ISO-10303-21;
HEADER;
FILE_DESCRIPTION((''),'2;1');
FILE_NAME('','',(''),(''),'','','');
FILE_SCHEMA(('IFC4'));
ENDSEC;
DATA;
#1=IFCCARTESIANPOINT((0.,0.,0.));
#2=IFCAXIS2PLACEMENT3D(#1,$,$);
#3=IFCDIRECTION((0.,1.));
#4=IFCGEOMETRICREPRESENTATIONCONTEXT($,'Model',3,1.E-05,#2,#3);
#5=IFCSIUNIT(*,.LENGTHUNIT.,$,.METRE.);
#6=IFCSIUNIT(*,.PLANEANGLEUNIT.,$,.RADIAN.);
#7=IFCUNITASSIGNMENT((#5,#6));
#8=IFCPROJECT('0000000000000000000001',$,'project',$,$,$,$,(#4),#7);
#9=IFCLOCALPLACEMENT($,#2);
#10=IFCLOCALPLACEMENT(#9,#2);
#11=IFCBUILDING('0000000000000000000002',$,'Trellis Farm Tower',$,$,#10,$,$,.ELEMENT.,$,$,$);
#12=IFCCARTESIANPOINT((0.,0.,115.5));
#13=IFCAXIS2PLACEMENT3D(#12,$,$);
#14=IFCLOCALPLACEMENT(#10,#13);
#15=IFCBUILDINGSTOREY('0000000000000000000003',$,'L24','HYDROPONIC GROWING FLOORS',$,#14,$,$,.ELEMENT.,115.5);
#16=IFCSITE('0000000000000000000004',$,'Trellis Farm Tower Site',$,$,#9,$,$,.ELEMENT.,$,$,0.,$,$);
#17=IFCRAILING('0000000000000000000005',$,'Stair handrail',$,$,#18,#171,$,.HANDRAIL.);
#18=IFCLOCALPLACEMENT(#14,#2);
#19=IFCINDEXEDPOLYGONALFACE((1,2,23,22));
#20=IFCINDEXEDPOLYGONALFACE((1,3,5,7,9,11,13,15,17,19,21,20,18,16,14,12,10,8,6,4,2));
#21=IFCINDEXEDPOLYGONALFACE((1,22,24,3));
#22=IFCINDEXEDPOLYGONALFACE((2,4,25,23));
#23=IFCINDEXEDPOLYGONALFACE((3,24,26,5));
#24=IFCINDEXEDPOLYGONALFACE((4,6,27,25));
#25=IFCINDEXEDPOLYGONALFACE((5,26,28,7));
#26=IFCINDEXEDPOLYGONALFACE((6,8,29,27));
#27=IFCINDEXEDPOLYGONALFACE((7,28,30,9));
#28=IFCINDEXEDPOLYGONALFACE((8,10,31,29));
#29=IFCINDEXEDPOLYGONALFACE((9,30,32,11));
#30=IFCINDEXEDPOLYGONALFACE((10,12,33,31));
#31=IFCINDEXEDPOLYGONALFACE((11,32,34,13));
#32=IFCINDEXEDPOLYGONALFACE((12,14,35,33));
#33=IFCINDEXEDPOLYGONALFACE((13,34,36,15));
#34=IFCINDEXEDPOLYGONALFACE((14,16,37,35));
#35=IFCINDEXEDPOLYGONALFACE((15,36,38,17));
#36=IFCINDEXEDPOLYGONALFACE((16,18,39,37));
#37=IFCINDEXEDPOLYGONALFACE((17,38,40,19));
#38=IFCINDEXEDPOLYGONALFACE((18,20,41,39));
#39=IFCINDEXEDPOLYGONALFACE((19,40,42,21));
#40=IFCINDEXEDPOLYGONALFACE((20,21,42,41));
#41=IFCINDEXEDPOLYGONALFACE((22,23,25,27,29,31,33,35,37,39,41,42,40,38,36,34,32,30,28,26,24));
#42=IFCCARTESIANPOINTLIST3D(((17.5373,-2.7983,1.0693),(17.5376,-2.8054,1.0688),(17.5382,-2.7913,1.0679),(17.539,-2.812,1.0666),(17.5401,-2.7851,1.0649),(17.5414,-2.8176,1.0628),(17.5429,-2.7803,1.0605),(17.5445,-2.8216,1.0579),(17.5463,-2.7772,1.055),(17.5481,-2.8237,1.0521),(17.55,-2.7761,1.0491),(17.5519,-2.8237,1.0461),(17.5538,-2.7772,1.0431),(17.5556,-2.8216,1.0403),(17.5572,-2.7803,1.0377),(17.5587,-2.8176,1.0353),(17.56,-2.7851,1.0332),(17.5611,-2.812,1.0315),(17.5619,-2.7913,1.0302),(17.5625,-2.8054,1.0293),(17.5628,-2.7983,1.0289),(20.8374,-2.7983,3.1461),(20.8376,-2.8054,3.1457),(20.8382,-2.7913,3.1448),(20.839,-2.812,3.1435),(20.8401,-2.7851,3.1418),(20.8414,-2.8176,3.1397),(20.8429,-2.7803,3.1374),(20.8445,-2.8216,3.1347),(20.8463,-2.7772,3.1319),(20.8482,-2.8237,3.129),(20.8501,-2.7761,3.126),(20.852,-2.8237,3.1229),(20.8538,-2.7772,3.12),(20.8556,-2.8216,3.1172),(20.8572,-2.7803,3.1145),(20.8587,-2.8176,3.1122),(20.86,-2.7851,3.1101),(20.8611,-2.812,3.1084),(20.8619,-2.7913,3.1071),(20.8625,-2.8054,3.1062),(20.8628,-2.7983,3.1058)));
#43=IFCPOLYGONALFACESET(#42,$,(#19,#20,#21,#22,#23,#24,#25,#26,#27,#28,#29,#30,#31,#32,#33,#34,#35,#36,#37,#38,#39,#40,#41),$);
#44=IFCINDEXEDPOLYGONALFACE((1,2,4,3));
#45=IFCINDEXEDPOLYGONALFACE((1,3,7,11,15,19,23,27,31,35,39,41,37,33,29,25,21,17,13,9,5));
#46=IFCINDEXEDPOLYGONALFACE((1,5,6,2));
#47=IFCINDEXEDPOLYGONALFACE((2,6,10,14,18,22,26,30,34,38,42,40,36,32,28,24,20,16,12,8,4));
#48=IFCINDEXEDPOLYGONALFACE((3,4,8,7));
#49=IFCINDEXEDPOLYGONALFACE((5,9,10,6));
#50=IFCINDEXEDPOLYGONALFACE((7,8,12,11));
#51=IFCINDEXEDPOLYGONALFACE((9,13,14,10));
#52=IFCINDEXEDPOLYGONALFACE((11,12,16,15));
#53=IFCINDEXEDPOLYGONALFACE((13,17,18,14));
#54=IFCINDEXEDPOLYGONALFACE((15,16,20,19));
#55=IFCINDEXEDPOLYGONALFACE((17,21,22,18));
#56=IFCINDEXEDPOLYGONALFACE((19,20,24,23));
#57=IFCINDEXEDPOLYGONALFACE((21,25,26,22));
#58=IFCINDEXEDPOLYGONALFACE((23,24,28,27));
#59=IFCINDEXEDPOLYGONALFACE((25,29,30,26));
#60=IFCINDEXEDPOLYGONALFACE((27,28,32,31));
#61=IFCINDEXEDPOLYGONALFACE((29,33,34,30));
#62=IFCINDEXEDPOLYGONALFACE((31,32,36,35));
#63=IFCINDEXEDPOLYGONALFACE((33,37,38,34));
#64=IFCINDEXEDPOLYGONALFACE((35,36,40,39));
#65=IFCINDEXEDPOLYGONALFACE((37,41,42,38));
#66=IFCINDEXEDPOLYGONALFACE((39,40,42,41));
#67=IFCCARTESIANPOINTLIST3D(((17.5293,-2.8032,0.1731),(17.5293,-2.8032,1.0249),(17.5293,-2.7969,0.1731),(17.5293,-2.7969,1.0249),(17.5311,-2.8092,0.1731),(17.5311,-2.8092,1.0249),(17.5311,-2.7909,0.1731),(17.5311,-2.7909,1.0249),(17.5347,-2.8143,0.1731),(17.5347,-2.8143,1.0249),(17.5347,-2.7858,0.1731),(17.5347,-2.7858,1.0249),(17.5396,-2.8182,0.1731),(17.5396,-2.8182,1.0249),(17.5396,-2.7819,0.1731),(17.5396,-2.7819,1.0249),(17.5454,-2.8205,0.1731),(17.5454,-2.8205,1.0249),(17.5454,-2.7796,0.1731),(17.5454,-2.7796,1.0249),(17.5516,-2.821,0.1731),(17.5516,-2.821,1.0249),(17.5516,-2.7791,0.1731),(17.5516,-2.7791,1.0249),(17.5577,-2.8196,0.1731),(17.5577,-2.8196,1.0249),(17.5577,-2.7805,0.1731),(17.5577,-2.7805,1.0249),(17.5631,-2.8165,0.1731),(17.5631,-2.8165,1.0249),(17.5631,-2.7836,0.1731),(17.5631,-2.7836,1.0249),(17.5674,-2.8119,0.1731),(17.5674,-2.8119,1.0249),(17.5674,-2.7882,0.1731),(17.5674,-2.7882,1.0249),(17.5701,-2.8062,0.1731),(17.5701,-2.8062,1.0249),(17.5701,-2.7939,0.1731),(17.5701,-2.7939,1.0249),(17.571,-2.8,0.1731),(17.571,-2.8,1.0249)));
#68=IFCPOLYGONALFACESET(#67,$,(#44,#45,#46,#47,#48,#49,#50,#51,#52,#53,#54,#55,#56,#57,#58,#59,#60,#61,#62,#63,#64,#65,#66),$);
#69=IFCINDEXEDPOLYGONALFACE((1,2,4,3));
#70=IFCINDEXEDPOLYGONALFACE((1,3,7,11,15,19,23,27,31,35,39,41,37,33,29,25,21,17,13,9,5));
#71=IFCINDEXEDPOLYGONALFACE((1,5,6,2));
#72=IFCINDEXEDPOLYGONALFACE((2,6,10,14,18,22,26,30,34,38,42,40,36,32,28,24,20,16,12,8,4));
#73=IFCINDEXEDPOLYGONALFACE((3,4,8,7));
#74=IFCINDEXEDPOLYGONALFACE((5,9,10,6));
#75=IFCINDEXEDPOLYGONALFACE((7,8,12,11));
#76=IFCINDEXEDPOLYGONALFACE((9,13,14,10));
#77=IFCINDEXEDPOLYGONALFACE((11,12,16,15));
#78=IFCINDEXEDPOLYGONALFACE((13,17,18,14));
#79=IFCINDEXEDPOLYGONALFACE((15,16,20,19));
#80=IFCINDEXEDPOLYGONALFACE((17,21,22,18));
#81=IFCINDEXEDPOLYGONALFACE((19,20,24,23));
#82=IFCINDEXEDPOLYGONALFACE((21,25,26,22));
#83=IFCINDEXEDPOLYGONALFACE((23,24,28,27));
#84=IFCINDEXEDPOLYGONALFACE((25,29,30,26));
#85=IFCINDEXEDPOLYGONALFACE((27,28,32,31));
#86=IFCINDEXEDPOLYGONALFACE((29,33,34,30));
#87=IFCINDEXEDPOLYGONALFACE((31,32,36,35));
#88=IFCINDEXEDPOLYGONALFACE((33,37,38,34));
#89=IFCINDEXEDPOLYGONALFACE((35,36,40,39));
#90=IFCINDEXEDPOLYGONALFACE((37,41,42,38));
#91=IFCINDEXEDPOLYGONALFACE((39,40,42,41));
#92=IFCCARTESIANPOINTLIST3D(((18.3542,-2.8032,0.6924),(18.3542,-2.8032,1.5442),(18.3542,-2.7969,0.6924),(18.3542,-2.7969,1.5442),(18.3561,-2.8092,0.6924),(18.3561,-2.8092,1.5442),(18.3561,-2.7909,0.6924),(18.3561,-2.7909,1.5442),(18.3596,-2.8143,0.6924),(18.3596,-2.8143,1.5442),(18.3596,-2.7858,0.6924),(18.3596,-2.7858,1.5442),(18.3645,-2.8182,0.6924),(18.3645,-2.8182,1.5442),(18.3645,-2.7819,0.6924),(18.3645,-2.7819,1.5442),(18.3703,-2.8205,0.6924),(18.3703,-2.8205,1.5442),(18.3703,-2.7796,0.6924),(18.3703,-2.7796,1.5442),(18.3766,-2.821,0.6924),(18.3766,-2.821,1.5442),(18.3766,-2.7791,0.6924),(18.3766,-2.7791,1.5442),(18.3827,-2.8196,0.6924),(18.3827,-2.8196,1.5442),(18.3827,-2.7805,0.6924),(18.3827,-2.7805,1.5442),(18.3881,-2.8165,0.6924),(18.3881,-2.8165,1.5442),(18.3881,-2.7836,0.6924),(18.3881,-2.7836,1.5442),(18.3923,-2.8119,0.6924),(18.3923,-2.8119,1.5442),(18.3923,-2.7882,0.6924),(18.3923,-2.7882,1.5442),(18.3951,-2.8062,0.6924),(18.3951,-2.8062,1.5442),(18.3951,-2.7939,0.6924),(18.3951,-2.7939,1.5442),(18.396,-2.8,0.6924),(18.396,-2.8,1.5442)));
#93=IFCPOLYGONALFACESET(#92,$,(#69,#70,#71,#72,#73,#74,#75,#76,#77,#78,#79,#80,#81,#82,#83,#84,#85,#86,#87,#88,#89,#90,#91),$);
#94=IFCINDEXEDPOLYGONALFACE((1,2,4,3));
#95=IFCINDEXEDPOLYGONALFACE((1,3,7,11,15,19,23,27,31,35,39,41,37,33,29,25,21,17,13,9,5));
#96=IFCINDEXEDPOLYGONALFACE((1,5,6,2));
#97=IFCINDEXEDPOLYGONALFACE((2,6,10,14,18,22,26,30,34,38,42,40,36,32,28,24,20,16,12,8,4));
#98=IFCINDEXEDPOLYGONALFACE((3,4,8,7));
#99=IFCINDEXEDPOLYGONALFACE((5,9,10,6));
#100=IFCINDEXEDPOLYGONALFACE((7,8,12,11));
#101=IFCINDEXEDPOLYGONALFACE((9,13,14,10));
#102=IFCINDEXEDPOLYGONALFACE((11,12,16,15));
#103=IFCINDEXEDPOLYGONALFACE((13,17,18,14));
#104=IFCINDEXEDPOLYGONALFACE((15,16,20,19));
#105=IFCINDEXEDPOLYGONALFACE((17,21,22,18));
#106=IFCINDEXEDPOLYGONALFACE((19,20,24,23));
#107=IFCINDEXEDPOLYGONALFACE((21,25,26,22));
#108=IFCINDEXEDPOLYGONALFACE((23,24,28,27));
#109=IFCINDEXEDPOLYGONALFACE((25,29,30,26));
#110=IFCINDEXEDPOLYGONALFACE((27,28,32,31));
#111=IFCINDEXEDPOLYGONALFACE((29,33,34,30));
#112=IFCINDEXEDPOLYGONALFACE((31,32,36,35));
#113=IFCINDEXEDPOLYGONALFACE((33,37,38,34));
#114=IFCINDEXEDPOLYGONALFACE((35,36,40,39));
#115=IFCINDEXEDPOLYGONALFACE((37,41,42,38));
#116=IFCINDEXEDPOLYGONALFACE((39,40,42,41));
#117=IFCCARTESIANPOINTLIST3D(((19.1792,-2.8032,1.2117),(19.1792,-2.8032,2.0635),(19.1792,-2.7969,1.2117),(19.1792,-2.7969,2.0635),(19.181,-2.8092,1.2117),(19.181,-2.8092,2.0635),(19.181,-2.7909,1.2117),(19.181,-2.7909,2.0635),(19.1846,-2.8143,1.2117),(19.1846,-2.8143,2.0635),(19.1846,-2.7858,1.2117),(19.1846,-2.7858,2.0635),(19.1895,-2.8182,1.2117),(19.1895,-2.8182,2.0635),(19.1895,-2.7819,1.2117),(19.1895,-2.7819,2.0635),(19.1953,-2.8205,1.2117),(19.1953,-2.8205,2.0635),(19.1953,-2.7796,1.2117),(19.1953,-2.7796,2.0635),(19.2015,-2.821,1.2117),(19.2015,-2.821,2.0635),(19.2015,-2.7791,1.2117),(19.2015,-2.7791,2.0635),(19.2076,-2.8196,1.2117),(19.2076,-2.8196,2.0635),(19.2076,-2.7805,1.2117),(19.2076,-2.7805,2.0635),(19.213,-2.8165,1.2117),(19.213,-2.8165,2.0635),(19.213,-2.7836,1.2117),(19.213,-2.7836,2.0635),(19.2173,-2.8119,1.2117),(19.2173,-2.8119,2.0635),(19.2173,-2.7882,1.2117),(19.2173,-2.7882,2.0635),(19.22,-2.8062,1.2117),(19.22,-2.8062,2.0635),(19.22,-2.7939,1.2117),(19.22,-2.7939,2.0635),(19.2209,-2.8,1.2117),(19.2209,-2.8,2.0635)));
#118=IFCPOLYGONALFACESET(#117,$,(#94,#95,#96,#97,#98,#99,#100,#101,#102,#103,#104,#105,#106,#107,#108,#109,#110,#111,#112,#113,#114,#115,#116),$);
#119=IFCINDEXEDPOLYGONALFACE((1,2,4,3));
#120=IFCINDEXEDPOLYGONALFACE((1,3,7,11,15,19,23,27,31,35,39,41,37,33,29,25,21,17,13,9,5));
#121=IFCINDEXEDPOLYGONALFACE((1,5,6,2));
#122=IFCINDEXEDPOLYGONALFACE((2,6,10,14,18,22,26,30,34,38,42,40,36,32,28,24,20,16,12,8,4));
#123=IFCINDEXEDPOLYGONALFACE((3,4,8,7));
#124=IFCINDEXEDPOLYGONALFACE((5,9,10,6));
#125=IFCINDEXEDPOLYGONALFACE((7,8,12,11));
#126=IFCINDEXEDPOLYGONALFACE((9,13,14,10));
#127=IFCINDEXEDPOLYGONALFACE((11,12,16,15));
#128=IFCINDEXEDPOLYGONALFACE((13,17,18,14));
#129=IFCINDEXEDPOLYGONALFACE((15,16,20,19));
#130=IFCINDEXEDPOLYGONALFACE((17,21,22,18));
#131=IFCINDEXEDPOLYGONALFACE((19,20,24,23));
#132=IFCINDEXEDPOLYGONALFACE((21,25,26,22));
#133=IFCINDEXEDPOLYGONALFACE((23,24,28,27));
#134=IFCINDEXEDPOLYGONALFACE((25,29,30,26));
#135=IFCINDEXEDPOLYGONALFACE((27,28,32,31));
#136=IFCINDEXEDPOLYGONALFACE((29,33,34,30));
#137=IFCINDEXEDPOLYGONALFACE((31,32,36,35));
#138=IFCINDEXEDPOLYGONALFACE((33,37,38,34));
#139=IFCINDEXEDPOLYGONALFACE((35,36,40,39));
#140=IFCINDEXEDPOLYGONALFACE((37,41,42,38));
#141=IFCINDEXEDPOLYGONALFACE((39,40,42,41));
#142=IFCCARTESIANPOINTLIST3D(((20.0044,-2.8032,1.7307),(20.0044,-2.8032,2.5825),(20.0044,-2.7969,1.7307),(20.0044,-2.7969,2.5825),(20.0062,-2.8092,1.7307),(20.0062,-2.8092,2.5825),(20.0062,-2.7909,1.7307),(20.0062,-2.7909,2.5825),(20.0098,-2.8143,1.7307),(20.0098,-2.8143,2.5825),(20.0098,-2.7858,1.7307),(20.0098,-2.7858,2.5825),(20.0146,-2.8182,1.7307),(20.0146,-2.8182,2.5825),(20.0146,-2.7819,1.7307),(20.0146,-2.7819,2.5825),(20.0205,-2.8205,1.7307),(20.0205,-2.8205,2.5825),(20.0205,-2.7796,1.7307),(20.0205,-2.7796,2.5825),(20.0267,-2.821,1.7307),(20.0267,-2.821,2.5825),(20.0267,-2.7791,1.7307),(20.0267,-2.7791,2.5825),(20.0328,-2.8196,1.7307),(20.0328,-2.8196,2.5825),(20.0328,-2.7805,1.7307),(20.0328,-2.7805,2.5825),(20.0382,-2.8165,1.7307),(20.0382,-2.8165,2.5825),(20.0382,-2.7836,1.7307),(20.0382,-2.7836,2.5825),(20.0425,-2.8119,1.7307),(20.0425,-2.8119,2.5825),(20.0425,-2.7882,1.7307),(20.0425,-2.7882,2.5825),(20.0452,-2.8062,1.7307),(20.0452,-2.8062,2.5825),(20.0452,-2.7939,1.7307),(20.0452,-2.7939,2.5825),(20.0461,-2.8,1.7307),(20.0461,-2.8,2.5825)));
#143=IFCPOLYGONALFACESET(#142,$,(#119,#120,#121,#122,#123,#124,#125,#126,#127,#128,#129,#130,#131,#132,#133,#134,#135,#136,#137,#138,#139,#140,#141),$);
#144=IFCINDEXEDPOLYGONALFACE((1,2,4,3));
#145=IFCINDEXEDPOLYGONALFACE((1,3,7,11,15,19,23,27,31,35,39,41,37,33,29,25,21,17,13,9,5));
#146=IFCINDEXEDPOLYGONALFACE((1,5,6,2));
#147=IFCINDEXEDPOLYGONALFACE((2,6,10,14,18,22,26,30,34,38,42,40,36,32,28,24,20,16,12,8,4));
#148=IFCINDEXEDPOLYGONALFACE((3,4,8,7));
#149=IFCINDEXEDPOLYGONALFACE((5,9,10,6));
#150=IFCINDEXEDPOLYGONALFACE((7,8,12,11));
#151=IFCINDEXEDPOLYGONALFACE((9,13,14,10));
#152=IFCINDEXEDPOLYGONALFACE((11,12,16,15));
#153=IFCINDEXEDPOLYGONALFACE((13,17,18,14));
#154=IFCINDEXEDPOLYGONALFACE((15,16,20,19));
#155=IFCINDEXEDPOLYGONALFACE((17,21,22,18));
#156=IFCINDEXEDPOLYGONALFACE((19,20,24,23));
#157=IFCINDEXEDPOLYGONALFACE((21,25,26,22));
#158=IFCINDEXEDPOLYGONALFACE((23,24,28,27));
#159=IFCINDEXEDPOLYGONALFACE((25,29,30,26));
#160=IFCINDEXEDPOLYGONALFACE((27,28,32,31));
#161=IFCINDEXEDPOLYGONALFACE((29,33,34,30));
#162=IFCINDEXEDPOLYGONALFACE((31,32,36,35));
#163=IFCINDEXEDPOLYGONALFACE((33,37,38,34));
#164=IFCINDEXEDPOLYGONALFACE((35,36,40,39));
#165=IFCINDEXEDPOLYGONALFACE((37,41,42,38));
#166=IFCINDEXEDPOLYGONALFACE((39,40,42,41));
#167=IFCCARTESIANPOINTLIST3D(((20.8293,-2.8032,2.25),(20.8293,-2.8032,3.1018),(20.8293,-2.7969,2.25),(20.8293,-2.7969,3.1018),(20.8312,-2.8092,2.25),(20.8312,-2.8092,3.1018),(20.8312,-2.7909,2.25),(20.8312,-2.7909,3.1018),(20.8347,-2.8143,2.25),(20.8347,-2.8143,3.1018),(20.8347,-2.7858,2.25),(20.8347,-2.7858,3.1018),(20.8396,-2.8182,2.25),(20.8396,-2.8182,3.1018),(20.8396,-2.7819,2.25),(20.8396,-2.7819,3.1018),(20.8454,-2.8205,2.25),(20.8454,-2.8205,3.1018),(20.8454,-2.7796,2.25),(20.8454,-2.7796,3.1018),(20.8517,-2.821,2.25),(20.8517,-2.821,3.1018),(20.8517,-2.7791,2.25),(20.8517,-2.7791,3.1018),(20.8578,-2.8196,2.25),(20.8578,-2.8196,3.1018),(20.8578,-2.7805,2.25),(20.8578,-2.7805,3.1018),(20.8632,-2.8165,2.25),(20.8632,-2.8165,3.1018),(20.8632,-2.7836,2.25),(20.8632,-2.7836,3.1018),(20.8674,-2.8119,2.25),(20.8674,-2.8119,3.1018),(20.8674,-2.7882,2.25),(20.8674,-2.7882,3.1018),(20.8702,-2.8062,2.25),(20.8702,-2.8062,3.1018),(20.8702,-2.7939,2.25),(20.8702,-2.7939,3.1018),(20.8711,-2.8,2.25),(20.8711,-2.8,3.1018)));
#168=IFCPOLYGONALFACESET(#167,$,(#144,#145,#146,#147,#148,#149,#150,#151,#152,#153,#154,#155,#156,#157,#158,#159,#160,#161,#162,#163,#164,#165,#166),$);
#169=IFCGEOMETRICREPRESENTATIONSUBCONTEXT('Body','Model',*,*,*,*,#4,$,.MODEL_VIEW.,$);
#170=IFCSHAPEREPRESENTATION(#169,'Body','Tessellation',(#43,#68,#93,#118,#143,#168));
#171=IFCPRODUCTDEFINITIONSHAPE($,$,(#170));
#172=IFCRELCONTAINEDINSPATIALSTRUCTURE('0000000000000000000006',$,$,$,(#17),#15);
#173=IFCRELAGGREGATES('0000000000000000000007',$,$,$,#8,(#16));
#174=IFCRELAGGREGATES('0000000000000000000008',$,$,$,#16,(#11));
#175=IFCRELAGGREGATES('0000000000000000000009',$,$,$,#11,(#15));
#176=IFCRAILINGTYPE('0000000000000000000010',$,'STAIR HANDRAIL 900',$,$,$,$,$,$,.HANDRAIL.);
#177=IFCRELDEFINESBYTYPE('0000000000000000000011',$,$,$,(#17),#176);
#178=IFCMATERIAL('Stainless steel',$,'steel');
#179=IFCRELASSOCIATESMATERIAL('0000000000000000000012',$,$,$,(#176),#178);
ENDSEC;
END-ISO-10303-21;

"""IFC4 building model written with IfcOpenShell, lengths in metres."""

from ifc_helpers import new_model, si_unit, direction, frame, origin, origin_2d, place, context, subcontext, project, spatial, circle, extrude, source, transform, mapped, material, type_object, element, save


model = new_model("IFC4")

# Units and contexts
model_context = context("Model", 3, precision=1e-05, world=origin(), true_north=direction((0.0, 1.0)))
body_context = subcontext(model_context, "Body", "Model", "MODEL_VIEW")
ifc_project = project(units=[si_unit("LENGTHUNIT", "METRE"), si_unit("PLANEANGLEUNIT", "RADIAN")], contexts=[model_context])

# Site, building, storey
site_placement = place(None, origin())
site = spatial("IfcSite", under=ifc_project, at=site_placement, Name="Trellis Farm Tower Site", CompositionType="ELEMENT", RefElevation=0.0)
building_placement = place(site_placement, origin())
building = spatial("IfcBuilding", under=site, at=building_placement, Name="Trellis Farm Tower", CompositionType="ELEMENT")
storey_placement = place(building_placement, frame((0.0, 0.0, 115.5)))
storey = spatial("IfcBuildingStorey", under=building, at=storey_placement, Name="L24", Description="HYDROPONIC GROWING FLOORS", CompositionType="ELEMENT", Elevation=115.5)

# Shared definitions
ifc_material_1 = material(Name="Stainless steel", Category="steel")

# Railing
railing_type = type_object("IfcRailingType", Name="STAIR HANDRAIL 900", PredefinedType="HANDRAIL", material=ifc_material_1)
shared_shape_1 = source(origin(), body_context, "Body", "SweptSolid", [
    extrude(circle(Radius=0.0239, at=origin_2d()), frame((0.0, 0.0, 0.876), z_axis=(0.846337, 0.0, 0.532647), x_axis=(0.0, 1.0, 0.0)), (0.0, 0.0, 1.0), 3.8992),
    extrude(circle(Radius=0.021, at=origin_2d()), origin(), (0.0, 0.0, 1.0), 0.8518),
    extrude(circle(Radius=0.021, at=origin_2d()), frame((0.825, 0.0, 0.5193)), (0.0, 0.0, 1.0), 0.8518),
    extrude(circle(Radius=0.021, at=origin_2d()), frame((1.6499, 0.0, 1.0386)), (0.0, 0.0, 1.0), 0.8518),
    extrude(circle(Radius=0.021, at=origin_2d()), frame((2.4751, 0.0, 1.5576)), (0.0, 0.0, 1.0), 0.8518),
    extrude(circle(Radius=0.021, at=origin_2d()), frame((3.3, 0.0, 2.0769)), (0.0, 0.0, 1.0), 0.8518),
])
railing_placement = place(storey_placement, frame((17.55, -2.8, 0.1731)))
element("IfcRailing", 1, at=railing_placement, inside=storey, type_object=railing_type, Name="Stair handrail", PredefinedType="HANDRAIL", context=body_context, shape_type="MappedRepresentation", body=[
    mapped(shared_shape_1, transform((0.0, 0.0, 0.0))),
])

save(model, "model.ifc")
